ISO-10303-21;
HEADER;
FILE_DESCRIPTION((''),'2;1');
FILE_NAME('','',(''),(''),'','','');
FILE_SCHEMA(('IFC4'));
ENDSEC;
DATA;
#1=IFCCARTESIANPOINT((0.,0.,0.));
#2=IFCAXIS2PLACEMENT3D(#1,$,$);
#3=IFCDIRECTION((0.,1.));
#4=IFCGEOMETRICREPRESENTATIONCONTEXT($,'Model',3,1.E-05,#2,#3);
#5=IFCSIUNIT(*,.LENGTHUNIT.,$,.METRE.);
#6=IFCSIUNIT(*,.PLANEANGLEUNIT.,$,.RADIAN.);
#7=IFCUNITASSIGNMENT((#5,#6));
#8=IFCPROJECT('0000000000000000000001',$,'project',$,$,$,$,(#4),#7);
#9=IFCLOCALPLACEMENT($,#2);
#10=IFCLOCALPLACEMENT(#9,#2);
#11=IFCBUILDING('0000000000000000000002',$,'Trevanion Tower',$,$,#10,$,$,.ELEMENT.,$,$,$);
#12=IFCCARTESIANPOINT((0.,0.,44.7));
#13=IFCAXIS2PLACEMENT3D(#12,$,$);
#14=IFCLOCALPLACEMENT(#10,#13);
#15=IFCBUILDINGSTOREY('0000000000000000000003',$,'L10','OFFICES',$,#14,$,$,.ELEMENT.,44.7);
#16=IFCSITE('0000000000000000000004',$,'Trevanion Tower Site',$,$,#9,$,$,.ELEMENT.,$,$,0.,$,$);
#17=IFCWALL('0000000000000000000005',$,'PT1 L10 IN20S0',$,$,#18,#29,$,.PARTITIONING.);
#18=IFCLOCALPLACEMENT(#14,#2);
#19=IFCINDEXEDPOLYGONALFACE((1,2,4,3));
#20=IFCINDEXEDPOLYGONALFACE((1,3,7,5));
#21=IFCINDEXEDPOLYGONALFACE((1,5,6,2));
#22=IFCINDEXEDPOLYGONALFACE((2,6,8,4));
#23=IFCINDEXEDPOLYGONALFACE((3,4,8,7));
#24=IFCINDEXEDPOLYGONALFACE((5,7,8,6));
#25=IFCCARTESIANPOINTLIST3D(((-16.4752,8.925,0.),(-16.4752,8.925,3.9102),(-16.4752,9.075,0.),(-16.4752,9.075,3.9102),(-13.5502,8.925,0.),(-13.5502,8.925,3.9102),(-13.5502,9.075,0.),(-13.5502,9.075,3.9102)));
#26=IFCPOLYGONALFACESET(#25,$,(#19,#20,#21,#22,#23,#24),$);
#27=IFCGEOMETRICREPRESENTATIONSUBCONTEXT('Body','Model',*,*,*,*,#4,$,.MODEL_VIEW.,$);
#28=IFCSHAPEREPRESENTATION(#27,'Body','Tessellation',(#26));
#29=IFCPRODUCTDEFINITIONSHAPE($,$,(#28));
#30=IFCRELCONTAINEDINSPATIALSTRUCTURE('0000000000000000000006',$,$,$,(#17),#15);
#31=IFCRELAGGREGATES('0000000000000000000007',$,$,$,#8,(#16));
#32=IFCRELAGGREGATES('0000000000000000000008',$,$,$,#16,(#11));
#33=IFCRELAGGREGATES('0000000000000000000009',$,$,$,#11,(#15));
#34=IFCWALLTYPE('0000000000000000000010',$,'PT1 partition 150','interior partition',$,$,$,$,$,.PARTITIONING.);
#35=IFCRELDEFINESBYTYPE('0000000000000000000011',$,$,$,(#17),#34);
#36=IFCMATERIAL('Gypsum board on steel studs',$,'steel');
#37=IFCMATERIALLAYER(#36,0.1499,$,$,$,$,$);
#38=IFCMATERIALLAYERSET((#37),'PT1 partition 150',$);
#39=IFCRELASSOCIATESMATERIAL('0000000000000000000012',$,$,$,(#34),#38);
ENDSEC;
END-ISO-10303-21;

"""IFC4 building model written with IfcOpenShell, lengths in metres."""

from ifc_helpers import new_model, si_unit, direction, frame, frame_2d, origin, place, context, subcontext, project, spatial, rectangle, extrude, material, layer, layer_set, type_object, element, save


model = new_model("IFC4")

# Units and contexts
model_context = context("Model", 3, precision=1e-05, world=origin(), true_north=direction((0.0, 1.0)))
body_context = subcontext(model_context, "Body", "Model", "MODEL_VIEW")
ifc_project = project(units=[si_unit("LENGTHUNIT", "METRE"), si_unit("PLANEANGLEUNIT", "RADIAN")], contexts=[model_context])

# Site, building, storey
site_placement = place(None, origin())
site = spatial("IfcSite", under=ifc_project, at=site_placement, Name="Trevanion Tower Site", CompositionType="ELEMENT", RefElevation=0.0)
building_placement = place(site_placement, origin())
building = spatial("IfcBuilding", under=site, at=building_placement, Name="Trevanion Tower", CompositionType="ELEMENT")
storey_placement = place(building_placement, frame((0.0, 0.0, 44.7)))
storey = spatial("IfcBuildingStorey", under=building, at=storey_placement, Name="L10", Description="OFFICES", CompositionType="ELEMENT", Elevation=44.7)

# Shared definitions
ifc_material_1 = material(Name="Gypsum board on steel studs", Category="steel")
ifc_layer_1 = layer(ifc_material_1, 0.1499)
ifc_layer_set_1 = layer_set([ifc_layer_1], Name="PT1 partition 150")
wall_type = type_object("IfcWallType", Name="PT1 partition 150", Description="interior partition", PredefinedType="PARTITIONING", material=ifc_layer_set_1)

# Wall
wall_1_placement = place(storey_placement, frame((-16.4751, 9.0, 0.0), z_axis=(0.0, 0.0, 1.0), x_axis=(1.0, 0.0, 0.0)))
element("IfcWall", 1, at=wall_1_placement, inside=storey, type_object=wall_type, Name="PT1 L10 IN20S0", PredefinedType="PARTITIONING", context=body_context, shape_type="SweptSolid", body=[
    extrude(rectangle(XDim=2.925, YDim=0.1499, at=frame_2d((1.4624, 0.0))), origin(), (0.0, 0.0, 1.0), 3.9102),
])

save(model, "model.ifc")
